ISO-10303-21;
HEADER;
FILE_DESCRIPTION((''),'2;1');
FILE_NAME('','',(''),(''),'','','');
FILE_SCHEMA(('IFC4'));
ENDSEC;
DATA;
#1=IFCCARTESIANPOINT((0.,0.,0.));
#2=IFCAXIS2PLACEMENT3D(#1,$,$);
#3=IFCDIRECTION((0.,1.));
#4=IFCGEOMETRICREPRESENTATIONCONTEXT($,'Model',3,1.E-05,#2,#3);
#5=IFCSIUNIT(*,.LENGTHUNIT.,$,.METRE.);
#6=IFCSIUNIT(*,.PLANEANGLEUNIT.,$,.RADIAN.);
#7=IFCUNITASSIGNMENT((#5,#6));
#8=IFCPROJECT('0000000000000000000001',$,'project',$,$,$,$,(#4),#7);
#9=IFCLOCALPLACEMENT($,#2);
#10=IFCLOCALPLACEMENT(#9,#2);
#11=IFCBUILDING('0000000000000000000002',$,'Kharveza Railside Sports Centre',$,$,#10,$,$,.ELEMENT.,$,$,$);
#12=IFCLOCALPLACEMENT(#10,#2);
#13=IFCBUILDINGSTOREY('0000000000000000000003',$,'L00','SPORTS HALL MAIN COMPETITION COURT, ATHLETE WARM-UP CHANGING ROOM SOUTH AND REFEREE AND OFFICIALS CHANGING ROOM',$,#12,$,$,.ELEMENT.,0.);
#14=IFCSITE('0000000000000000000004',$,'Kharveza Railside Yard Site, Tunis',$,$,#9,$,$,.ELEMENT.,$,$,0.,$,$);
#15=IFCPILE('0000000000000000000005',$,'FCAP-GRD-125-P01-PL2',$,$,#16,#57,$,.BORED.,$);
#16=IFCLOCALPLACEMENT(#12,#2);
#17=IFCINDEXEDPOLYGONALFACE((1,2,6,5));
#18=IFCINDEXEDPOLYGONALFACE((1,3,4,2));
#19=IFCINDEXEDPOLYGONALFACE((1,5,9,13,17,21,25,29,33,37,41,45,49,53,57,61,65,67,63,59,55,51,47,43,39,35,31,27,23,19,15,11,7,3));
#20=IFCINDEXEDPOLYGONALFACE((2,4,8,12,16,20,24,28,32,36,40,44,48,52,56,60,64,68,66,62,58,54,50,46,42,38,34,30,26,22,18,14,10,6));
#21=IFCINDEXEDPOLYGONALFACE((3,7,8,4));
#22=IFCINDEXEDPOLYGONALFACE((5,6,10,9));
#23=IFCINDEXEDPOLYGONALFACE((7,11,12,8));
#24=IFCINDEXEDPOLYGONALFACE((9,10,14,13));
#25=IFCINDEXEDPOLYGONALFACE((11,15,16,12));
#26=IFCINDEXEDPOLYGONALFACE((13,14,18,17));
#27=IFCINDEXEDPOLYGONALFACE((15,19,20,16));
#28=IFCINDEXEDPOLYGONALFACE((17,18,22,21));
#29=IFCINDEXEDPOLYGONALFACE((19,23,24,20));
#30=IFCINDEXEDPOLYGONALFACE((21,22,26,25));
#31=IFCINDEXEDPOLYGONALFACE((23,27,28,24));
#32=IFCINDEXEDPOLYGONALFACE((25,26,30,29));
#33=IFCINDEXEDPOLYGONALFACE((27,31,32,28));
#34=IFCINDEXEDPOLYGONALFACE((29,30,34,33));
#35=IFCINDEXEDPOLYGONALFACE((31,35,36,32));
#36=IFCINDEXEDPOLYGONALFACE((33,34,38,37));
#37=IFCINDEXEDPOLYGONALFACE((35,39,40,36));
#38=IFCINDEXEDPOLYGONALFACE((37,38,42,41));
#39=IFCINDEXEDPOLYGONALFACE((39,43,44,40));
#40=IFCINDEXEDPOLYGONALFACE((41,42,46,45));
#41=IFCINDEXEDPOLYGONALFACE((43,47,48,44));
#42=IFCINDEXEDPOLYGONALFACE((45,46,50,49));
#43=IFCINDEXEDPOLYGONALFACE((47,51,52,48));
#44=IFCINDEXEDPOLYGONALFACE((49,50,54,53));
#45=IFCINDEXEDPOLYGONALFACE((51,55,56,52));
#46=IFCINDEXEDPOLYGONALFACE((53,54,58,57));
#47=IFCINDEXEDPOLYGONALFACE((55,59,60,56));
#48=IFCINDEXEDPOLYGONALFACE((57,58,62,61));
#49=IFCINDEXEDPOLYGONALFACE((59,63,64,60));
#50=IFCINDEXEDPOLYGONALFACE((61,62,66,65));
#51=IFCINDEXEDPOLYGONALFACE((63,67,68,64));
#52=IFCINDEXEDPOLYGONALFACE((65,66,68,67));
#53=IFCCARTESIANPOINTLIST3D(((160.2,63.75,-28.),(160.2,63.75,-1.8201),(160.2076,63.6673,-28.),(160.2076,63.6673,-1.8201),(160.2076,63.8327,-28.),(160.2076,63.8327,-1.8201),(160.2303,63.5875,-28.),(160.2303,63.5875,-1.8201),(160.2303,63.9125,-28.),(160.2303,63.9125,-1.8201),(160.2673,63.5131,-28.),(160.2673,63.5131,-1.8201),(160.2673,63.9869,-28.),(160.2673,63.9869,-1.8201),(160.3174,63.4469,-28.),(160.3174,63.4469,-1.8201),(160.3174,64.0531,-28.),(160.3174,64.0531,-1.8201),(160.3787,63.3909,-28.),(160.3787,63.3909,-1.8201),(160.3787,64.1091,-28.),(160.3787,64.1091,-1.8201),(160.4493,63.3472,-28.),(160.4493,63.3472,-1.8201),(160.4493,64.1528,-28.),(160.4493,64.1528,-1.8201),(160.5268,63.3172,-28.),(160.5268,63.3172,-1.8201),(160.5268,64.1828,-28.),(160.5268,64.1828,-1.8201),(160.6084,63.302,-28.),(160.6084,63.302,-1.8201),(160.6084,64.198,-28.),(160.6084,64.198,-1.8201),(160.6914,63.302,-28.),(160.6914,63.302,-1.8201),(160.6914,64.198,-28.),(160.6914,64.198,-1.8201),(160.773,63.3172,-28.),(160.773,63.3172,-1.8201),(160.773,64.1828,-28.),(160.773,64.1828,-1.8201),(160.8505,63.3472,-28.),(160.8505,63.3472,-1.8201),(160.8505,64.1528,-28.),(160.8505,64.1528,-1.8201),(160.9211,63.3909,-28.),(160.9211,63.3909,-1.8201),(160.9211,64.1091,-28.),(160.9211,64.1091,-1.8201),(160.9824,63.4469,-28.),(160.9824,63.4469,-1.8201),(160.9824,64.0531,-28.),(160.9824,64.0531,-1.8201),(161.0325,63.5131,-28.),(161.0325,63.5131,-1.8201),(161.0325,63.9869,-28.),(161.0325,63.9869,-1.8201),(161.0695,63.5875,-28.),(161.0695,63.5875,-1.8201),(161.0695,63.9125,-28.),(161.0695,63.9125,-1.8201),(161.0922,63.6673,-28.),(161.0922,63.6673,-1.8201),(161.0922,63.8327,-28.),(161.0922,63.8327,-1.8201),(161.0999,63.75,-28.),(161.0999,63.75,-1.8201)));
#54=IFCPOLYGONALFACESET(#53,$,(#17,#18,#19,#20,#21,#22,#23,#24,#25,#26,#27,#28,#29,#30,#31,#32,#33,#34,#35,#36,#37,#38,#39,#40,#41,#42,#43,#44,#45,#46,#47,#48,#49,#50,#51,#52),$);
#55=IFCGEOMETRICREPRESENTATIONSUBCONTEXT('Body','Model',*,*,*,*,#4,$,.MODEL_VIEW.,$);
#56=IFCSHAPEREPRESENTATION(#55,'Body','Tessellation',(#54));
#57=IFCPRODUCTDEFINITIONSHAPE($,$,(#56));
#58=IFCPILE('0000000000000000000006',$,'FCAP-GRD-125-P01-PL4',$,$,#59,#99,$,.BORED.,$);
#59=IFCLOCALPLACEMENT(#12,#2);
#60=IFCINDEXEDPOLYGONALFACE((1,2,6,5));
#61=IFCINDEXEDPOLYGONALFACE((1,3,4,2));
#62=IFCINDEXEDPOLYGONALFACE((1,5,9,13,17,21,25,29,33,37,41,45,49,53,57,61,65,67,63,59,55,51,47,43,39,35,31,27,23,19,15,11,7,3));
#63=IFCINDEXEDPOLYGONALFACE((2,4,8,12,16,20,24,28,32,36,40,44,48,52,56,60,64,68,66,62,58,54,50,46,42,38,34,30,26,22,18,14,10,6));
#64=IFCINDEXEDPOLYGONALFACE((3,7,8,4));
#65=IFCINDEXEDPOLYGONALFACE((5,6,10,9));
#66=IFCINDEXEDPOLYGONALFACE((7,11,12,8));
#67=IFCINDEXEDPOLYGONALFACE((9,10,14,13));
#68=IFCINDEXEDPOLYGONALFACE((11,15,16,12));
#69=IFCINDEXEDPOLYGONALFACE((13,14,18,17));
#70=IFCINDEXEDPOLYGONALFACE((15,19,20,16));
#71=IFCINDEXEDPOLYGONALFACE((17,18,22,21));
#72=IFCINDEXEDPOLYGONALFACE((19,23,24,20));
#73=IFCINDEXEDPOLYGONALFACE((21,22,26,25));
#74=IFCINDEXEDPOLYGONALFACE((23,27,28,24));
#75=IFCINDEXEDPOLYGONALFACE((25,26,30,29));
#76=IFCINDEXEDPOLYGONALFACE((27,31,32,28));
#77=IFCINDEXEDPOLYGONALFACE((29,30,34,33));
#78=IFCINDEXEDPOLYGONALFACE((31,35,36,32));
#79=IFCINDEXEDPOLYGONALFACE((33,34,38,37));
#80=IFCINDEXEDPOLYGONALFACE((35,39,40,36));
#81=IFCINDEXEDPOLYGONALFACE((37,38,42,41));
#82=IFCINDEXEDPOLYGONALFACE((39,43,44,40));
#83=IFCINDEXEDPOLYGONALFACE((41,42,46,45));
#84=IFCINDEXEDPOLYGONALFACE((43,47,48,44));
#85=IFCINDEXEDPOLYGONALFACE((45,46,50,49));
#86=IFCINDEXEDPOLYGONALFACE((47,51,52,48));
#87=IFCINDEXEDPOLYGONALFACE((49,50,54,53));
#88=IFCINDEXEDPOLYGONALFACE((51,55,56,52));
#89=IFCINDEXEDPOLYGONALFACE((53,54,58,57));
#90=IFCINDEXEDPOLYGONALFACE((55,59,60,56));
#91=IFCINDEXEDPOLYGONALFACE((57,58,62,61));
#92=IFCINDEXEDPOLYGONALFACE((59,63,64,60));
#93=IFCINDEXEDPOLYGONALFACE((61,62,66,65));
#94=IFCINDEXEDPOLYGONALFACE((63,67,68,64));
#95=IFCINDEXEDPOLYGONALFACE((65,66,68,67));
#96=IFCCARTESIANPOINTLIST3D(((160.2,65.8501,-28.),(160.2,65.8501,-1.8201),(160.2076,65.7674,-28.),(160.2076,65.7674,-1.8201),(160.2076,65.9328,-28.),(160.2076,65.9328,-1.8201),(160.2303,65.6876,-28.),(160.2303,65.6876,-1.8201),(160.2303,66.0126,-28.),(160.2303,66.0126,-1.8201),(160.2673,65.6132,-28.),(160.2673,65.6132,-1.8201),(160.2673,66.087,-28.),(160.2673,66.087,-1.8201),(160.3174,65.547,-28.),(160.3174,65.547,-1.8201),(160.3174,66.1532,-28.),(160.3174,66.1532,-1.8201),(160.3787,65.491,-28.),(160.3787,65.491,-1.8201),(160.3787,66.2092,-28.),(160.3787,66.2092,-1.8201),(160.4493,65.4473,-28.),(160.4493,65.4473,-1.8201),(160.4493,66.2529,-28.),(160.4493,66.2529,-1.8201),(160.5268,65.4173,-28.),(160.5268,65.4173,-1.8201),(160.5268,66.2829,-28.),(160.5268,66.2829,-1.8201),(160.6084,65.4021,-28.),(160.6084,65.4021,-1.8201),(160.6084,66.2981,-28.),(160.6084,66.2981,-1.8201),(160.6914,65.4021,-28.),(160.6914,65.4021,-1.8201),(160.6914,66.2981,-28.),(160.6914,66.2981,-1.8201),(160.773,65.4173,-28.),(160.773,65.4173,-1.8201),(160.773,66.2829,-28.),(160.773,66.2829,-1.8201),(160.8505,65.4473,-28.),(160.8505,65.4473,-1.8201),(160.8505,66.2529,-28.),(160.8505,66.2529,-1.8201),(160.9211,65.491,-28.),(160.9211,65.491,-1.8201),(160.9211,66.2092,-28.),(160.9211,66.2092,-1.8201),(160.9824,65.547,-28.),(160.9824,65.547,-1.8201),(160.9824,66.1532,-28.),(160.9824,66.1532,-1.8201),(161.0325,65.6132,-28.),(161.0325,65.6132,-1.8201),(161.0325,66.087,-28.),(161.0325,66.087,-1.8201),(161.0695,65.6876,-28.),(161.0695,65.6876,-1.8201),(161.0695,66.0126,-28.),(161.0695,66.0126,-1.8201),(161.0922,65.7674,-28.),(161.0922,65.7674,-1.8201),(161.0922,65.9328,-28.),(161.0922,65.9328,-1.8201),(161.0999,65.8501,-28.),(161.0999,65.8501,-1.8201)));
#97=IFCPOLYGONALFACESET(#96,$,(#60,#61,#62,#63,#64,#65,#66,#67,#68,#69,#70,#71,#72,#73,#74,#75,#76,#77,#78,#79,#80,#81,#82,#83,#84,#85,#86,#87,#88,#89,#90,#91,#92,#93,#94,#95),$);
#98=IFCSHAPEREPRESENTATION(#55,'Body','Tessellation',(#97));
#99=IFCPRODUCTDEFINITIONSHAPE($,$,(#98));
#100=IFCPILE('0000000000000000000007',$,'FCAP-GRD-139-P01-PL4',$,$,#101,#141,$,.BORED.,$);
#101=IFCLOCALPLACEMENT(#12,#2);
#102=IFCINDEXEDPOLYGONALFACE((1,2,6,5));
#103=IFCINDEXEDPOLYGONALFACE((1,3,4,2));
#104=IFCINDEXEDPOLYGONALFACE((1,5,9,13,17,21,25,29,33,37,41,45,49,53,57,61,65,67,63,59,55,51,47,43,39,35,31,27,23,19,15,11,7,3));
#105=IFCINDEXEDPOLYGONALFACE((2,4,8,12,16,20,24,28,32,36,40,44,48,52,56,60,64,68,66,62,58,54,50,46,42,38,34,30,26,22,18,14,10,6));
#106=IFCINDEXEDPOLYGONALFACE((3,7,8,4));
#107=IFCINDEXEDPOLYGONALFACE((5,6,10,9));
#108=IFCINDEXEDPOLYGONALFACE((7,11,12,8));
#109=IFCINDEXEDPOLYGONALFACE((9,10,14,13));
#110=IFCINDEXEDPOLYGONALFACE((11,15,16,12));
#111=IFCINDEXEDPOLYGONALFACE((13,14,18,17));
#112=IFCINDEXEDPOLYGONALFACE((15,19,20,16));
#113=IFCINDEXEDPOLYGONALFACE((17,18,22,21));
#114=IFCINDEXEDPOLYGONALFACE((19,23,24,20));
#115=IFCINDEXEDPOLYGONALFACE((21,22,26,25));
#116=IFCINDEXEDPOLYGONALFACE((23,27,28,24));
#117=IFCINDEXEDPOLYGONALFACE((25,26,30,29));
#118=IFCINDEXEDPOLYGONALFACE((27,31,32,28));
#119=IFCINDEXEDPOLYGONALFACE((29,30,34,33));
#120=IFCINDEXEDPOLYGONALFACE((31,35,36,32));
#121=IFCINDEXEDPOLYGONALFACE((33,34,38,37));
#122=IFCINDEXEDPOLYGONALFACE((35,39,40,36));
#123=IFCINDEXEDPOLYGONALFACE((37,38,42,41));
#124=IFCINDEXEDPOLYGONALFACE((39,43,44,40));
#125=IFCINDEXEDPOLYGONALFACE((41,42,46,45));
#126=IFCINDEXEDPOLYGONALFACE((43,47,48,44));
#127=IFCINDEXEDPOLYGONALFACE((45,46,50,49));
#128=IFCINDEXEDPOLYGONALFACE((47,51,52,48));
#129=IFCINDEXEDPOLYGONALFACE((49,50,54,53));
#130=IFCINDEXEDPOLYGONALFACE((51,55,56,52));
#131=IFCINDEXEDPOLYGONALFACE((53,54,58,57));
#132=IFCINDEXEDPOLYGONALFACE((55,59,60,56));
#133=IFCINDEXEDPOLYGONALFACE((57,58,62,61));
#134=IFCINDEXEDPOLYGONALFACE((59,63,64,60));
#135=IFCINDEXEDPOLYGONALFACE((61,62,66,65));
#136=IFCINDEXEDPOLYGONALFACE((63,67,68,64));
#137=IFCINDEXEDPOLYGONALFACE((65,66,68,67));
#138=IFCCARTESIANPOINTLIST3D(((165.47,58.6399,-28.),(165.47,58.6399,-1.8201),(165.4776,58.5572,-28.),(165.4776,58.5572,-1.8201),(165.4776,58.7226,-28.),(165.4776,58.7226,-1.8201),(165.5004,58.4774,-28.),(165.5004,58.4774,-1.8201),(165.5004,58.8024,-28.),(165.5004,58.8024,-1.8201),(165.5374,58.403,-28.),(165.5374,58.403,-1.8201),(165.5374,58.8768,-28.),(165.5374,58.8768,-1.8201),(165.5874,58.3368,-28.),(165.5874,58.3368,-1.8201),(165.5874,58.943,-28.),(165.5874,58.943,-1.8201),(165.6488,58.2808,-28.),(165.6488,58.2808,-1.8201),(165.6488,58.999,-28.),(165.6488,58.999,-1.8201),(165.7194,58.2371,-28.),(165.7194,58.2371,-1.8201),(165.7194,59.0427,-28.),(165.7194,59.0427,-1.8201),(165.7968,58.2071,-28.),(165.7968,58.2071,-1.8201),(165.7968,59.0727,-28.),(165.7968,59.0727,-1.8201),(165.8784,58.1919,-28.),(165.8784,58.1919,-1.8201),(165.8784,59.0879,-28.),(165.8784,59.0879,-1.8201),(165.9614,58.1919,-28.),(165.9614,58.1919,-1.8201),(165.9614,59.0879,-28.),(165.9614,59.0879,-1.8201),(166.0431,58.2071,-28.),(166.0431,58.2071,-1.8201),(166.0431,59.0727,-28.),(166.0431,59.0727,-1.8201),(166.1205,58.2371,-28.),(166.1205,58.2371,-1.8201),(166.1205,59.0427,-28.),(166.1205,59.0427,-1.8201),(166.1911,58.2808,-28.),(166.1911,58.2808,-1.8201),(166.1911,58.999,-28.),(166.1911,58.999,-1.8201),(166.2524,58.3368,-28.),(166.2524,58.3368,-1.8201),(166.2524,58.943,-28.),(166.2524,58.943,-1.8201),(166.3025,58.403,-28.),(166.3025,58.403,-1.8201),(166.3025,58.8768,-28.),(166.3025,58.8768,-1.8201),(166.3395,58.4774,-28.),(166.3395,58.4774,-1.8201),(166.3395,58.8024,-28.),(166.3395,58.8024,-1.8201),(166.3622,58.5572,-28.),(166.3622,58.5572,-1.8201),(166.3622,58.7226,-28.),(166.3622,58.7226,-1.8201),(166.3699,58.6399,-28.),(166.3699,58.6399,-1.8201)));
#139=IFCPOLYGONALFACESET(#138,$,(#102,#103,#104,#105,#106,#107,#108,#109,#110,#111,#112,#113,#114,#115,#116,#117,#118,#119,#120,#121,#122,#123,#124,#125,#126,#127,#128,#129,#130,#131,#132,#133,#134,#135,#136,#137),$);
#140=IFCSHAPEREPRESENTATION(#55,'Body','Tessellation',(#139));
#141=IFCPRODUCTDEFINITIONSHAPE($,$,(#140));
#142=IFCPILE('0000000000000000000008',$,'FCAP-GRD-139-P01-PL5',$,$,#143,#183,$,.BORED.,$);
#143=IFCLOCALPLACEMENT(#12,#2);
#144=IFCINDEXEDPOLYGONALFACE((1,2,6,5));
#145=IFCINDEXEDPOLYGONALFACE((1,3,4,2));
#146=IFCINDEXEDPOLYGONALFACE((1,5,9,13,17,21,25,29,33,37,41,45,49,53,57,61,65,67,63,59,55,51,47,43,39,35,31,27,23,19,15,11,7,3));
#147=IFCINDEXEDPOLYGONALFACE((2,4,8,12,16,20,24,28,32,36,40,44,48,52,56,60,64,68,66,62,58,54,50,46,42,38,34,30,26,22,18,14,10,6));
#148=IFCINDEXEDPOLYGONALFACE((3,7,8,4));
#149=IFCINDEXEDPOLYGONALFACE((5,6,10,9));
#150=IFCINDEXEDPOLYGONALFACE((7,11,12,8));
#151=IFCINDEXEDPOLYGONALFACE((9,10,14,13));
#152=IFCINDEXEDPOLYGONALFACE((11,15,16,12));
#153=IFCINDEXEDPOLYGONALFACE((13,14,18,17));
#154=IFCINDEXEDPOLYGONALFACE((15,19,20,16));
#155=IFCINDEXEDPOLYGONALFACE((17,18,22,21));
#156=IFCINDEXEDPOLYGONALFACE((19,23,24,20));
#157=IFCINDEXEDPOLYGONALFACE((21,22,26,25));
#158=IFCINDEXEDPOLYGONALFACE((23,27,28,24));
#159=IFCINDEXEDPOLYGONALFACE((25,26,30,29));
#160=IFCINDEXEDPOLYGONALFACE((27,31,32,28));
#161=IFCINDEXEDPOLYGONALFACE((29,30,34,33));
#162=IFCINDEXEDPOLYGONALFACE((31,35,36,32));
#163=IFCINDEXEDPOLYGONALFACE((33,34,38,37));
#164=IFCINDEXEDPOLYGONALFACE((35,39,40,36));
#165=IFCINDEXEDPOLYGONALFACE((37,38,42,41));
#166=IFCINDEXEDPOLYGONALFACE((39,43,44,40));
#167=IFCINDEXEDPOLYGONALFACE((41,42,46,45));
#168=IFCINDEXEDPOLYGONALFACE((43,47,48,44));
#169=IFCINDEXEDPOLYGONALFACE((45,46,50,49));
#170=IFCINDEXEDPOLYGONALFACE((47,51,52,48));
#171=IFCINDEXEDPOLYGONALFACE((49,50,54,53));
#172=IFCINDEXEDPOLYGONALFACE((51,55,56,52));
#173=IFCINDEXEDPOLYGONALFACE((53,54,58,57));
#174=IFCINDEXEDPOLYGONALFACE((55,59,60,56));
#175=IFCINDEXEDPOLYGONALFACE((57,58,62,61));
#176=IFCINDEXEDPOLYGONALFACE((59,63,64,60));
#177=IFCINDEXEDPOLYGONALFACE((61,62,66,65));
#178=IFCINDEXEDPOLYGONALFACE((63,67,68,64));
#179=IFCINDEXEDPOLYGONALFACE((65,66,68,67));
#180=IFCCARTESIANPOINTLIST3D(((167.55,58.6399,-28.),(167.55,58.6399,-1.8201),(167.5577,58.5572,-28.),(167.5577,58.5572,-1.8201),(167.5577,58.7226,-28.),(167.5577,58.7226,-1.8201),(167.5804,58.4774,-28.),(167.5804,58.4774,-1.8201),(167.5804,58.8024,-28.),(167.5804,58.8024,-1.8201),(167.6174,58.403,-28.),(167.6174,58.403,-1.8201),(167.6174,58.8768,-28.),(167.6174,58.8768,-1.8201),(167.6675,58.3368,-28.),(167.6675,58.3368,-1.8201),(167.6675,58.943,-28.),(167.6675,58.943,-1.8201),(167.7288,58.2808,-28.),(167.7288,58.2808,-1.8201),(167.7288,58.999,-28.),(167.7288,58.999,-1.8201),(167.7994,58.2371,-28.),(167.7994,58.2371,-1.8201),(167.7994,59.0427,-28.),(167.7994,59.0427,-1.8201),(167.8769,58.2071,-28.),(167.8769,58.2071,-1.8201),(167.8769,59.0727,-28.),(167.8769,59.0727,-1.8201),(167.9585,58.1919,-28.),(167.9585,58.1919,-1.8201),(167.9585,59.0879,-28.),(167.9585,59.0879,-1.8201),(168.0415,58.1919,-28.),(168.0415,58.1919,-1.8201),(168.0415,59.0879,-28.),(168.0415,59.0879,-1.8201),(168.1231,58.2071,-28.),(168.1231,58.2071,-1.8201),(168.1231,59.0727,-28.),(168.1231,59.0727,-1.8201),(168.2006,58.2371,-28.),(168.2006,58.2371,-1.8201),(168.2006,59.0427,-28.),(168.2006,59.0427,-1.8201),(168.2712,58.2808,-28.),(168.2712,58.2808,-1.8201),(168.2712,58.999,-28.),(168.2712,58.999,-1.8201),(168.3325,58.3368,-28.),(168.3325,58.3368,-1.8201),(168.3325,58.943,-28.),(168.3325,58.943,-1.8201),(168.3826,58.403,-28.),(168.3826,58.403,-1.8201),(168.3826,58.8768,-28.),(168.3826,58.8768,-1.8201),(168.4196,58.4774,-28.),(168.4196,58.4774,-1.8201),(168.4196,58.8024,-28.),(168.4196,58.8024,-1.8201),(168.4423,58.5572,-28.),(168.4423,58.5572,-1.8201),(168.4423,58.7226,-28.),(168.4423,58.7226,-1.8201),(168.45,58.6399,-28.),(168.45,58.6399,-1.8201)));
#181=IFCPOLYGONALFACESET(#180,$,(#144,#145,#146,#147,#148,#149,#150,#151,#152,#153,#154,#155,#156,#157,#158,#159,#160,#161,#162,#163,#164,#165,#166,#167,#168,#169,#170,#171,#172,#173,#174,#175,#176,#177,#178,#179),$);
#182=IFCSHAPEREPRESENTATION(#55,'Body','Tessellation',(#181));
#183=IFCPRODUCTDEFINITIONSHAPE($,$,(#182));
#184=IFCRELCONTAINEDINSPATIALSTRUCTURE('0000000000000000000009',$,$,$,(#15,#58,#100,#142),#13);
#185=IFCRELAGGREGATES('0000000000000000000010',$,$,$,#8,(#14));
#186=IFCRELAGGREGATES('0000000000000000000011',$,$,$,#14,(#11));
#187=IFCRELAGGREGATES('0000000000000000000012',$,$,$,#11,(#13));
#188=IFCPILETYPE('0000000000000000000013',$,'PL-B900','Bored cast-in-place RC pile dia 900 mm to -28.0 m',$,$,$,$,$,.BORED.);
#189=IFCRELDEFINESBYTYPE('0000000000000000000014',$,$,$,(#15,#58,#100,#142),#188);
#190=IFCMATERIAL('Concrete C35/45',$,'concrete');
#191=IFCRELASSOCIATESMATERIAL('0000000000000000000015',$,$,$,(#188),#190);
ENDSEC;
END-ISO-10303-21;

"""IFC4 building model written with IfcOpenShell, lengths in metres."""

from ifc_helpers import new_model, si_unit, direction, frame, origin, origin_2d, place, context, subcontext, project, spatial, circle, extrude, material, material_profile, profile_set, type_object, element, save


model = new_model("IFC4")

# Units and contexts
model_context = context("Model", 3, precision=1e-05, world=origin(), true_north=direction((0.0, 1.0)))
body_context = subcontext(model_context, "Body", "Model", "MODEL_VIEW")
ifc_project = project(units=[si_unit("LENGTHUNIT", "METRE"), si_unit("PLANEANGLEUNIT", "RADIAN")], contexts=[model_context])

# Site, building, storey
site_placement = place(None, origin())
site = spatial("IfcSite", under=ifc_project, at=site_placement, Name="Kharveza Railside Yard Site, Tunis", CompositionType="ELEMENT", RefElevation=0.0)
building_placement = place(site_placement, origin())
building = spatial("IfcBuilding", under=site, at=building_placement, Name="Kharveza Railside Sports Centre", CompositionType="ELEMENT")
storey_placement = place(building_placement, origin())
storey = spatial("IfcBuildingStorey", under=building, at=storey_placement, Name="L00", Description="SPORTS HALL MAIN COMPETITION COURT, ATHLETE WARM-UP CHANGING ROOM SOUTH AND REFEREE AND OFFICIALS CHANGING ROOM", CompositionType="ELEMENT", Elevation=0.0)

# Shared definitions
ifc_material_1 = material(Name="Concrete C35/45", Category="concrete")

# Piles
ifc_material_profile_1 = material_profile(ifc_material_1, circle(Radius=0.45, at=origin_2d()), Name="PILE D900")
ifc_profile_set_1 = profile_set([ifc_material_profile_1], Name="Concrete C35/45")
pile_type_1 = type_object("IfcPileType", Name="PL-B900", Description="Bored cast-in-place RC pile dia 900 mm to -28.0 m", PredefinedType="BORED", material=ifc_profile_set_1)
for number, where, z_axis, x_axis, name in (
    (1, (160.6499, 63.75, -1.8201), (0.0, 0.0, -1.0), (1.0, 0.0, 0.0), "FCAP-GRD-125-P01-PL2"),
    (2, (160.6499, 65.8501, -1.8201), (0.0, 0.0, -1.0), (1.0, 0.0, 0.0), "FCAP-GRD-125-P01-PL4"),
    (3, (165.9199, 58.6399, -1.8201), (0.0, 0.0, -1.0), (1.0, 0.0, 0.0), "FCAP-GRD-139-P01-PL4"),
    (4, (168.0, 58.6399, -1.8201), (0.0, 0.0, -1.0), (1.0, 0.0, 0.0), "FCAP-GRD-139-P01-PL5"),
):
    element("IfcPile", number, at=place(storey_placement, frame(where, z_axis=z_axis, x_axis=x_axis)), inside=storey, type_object=pile_type_1, Name=name, PredefinedType="BORED", context=body_context, shape_type="SweptSolid", body=[
        extrude(circle(Radius=0.45, at=origin_2d()), origin(), (0.0, 0.0, 1.0), 26.1799),
    ])

save(model, "model.ifc")
